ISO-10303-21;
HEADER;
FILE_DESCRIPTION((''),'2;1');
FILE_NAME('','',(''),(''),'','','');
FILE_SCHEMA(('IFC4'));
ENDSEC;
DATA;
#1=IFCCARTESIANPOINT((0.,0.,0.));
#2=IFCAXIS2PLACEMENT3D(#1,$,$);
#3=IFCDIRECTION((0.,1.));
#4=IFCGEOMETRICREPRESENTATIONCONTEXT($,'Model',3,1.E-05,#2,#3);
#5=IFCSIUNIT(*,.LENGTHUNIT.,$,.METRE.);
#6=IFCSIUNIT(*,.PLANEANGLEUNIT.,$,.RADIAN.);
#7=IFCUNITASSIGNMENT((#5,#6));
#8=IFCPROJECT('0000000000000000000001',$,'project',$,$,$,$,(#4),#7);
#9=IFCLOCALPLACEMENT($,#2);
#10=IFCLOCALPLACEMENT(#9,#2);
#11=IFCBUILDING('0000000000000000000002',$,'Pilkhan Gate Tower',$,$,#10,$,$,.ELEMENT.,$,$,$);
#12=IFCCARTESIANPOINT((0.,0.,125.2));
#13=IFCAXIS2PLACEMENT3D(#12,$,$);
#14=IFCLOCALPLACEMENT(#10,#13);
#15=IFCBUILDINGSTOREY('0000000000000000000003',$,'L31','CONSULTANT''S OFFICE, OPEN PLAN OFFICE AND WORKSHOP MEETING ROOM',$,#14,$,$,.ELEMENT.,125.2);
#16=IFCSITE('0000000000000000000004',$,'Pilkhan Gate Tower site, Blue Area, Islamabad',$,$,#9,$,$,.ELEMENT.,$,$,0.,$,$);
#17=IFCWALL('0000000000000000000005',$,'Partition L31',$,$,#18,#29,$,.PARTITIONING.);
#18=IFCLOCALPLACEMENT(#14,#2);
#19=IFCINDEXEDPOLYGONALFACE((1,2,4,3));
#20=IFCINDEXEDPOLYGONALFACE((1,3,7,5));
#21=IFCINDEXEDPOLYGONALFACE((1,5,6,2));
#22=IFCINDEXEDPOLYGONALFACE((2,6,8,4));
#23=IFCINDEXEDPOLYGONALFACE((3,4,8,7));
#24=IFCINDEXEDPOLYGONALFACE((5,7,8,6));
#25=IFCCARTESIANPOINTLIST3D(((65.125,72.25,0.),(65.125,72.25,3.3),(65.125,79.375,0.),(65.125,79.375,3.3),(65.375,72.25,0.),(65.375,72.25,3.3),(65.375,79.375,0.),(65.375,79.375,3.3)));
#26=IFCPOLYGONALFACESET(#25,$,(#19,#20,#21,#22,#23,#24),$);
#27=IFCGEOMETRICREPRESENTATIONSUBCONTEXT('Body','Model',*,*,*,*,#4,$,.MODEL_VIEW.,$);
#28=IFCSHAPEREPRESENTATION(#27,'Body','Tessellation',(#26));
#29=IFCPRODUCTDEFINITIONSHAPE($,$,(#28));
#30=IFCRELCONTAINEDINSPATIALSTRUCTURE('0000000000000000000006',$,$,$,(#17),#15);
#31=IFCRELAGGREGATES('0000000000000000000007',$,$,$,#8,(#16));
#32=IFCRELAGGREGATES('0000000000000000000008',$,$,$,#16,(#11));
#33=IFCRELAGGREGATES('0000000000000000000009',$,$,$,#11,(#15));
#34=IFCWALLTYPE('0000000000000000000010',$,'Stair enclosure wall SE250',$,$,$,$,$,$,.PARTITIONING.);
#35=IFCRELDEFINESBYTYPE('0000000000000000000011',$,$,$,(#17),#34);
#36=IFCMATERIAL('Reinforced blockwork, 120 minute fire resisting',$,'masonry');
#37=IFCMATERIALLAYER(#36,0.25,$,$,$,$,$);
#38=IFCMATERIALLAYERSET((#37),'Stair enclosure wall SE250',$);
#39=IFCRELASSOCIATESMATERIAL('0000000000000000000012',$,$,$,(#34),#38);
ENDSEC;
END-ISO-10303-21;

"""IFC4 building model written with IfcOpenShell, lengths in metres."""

from ifc_helpers import new_model, si_unit, direction, frame, frame_2d, origin, place, context, subcontext, project, spatial, rectangle, extrude, material, layer, layer_set, type_object, element, save


model = new_model("IFC4")

# Units and contexts
model_context = context("Model", 3, precision=1e-05, world=origin(), true_north=direction((0.0, 1.0)))
body_context = subcontext(model_context, "Body", "Model", "MODEL_VIEW")
ifc_project = project(units=[si_unit("LENGTHUNIT", "METRE"), si_unit("PLANEANGLEUNIT", "RADIAN")], contexts=[model_context])

# Site, building, storey
site_placement = place(None, origin())
site = spatial("IfcSite", under=ifc_project, at=site_placement, Name="Pilkhan Gate Tower site, Blue Area, Islamabad", CompositionType="ELEMENT", RefElevation=0.0)
building_placement = place(site_placement, origin())
building = spatial("IfcBuilding", under=site, at=building_placement, Name="Pilkhan Gate Tower", CompositionType="ELEMENT")
storey_placement = place(building_placement, frame((0.0, 0.0, 125.2)))
storey = spatial("IfcBuildingStorey", under=building, at=storey_placement, Name="L31", Description="CONSULTANT'S OFFICE, OPEN PLAN OFFICE AND WORKSHOP MEETING ROOM", CompositionType="ELEMENT", Elevation=125.2)

# Wall
ifc_material_1 = material(Name="Reinforced blockwork, 120 minute fire resisting", Category="masonry")
ifc_layer_1 = layer(ifc_material_1, 0.25)
ifc_layer_set_1 = layer_set([ifc_layer_1], Name="Stair enclosure wall SE250")
wall_type_1 = type_object("IfcWallType", Name="Stair enclosure wall SE250", PredefinedType="PARTITIONING", material=ifc_layer_set_1)
wall_1_placement = place(storey_placement, frame((65.25, 72.25, 0.0), z_axis=(0.0, 0.0, 1.0), x_axis=(0.0, 1.0, 0.0)))
element("IfcWall", 1, at=wall_1_placement, inside=storey, type_object=wall_type_1, Name="Partition L31", PredefinedType="PARTITIONING", context=body_context, shape_type="SweptSolid", body=[
    extrude(rectangle(XDim=7.125, YDim=0.25, at=frame_2d((3.5625, 0.0))), origin(), (0.0, 0.0, 1.0), 3.3),
])

save(model, "model.ifc")
